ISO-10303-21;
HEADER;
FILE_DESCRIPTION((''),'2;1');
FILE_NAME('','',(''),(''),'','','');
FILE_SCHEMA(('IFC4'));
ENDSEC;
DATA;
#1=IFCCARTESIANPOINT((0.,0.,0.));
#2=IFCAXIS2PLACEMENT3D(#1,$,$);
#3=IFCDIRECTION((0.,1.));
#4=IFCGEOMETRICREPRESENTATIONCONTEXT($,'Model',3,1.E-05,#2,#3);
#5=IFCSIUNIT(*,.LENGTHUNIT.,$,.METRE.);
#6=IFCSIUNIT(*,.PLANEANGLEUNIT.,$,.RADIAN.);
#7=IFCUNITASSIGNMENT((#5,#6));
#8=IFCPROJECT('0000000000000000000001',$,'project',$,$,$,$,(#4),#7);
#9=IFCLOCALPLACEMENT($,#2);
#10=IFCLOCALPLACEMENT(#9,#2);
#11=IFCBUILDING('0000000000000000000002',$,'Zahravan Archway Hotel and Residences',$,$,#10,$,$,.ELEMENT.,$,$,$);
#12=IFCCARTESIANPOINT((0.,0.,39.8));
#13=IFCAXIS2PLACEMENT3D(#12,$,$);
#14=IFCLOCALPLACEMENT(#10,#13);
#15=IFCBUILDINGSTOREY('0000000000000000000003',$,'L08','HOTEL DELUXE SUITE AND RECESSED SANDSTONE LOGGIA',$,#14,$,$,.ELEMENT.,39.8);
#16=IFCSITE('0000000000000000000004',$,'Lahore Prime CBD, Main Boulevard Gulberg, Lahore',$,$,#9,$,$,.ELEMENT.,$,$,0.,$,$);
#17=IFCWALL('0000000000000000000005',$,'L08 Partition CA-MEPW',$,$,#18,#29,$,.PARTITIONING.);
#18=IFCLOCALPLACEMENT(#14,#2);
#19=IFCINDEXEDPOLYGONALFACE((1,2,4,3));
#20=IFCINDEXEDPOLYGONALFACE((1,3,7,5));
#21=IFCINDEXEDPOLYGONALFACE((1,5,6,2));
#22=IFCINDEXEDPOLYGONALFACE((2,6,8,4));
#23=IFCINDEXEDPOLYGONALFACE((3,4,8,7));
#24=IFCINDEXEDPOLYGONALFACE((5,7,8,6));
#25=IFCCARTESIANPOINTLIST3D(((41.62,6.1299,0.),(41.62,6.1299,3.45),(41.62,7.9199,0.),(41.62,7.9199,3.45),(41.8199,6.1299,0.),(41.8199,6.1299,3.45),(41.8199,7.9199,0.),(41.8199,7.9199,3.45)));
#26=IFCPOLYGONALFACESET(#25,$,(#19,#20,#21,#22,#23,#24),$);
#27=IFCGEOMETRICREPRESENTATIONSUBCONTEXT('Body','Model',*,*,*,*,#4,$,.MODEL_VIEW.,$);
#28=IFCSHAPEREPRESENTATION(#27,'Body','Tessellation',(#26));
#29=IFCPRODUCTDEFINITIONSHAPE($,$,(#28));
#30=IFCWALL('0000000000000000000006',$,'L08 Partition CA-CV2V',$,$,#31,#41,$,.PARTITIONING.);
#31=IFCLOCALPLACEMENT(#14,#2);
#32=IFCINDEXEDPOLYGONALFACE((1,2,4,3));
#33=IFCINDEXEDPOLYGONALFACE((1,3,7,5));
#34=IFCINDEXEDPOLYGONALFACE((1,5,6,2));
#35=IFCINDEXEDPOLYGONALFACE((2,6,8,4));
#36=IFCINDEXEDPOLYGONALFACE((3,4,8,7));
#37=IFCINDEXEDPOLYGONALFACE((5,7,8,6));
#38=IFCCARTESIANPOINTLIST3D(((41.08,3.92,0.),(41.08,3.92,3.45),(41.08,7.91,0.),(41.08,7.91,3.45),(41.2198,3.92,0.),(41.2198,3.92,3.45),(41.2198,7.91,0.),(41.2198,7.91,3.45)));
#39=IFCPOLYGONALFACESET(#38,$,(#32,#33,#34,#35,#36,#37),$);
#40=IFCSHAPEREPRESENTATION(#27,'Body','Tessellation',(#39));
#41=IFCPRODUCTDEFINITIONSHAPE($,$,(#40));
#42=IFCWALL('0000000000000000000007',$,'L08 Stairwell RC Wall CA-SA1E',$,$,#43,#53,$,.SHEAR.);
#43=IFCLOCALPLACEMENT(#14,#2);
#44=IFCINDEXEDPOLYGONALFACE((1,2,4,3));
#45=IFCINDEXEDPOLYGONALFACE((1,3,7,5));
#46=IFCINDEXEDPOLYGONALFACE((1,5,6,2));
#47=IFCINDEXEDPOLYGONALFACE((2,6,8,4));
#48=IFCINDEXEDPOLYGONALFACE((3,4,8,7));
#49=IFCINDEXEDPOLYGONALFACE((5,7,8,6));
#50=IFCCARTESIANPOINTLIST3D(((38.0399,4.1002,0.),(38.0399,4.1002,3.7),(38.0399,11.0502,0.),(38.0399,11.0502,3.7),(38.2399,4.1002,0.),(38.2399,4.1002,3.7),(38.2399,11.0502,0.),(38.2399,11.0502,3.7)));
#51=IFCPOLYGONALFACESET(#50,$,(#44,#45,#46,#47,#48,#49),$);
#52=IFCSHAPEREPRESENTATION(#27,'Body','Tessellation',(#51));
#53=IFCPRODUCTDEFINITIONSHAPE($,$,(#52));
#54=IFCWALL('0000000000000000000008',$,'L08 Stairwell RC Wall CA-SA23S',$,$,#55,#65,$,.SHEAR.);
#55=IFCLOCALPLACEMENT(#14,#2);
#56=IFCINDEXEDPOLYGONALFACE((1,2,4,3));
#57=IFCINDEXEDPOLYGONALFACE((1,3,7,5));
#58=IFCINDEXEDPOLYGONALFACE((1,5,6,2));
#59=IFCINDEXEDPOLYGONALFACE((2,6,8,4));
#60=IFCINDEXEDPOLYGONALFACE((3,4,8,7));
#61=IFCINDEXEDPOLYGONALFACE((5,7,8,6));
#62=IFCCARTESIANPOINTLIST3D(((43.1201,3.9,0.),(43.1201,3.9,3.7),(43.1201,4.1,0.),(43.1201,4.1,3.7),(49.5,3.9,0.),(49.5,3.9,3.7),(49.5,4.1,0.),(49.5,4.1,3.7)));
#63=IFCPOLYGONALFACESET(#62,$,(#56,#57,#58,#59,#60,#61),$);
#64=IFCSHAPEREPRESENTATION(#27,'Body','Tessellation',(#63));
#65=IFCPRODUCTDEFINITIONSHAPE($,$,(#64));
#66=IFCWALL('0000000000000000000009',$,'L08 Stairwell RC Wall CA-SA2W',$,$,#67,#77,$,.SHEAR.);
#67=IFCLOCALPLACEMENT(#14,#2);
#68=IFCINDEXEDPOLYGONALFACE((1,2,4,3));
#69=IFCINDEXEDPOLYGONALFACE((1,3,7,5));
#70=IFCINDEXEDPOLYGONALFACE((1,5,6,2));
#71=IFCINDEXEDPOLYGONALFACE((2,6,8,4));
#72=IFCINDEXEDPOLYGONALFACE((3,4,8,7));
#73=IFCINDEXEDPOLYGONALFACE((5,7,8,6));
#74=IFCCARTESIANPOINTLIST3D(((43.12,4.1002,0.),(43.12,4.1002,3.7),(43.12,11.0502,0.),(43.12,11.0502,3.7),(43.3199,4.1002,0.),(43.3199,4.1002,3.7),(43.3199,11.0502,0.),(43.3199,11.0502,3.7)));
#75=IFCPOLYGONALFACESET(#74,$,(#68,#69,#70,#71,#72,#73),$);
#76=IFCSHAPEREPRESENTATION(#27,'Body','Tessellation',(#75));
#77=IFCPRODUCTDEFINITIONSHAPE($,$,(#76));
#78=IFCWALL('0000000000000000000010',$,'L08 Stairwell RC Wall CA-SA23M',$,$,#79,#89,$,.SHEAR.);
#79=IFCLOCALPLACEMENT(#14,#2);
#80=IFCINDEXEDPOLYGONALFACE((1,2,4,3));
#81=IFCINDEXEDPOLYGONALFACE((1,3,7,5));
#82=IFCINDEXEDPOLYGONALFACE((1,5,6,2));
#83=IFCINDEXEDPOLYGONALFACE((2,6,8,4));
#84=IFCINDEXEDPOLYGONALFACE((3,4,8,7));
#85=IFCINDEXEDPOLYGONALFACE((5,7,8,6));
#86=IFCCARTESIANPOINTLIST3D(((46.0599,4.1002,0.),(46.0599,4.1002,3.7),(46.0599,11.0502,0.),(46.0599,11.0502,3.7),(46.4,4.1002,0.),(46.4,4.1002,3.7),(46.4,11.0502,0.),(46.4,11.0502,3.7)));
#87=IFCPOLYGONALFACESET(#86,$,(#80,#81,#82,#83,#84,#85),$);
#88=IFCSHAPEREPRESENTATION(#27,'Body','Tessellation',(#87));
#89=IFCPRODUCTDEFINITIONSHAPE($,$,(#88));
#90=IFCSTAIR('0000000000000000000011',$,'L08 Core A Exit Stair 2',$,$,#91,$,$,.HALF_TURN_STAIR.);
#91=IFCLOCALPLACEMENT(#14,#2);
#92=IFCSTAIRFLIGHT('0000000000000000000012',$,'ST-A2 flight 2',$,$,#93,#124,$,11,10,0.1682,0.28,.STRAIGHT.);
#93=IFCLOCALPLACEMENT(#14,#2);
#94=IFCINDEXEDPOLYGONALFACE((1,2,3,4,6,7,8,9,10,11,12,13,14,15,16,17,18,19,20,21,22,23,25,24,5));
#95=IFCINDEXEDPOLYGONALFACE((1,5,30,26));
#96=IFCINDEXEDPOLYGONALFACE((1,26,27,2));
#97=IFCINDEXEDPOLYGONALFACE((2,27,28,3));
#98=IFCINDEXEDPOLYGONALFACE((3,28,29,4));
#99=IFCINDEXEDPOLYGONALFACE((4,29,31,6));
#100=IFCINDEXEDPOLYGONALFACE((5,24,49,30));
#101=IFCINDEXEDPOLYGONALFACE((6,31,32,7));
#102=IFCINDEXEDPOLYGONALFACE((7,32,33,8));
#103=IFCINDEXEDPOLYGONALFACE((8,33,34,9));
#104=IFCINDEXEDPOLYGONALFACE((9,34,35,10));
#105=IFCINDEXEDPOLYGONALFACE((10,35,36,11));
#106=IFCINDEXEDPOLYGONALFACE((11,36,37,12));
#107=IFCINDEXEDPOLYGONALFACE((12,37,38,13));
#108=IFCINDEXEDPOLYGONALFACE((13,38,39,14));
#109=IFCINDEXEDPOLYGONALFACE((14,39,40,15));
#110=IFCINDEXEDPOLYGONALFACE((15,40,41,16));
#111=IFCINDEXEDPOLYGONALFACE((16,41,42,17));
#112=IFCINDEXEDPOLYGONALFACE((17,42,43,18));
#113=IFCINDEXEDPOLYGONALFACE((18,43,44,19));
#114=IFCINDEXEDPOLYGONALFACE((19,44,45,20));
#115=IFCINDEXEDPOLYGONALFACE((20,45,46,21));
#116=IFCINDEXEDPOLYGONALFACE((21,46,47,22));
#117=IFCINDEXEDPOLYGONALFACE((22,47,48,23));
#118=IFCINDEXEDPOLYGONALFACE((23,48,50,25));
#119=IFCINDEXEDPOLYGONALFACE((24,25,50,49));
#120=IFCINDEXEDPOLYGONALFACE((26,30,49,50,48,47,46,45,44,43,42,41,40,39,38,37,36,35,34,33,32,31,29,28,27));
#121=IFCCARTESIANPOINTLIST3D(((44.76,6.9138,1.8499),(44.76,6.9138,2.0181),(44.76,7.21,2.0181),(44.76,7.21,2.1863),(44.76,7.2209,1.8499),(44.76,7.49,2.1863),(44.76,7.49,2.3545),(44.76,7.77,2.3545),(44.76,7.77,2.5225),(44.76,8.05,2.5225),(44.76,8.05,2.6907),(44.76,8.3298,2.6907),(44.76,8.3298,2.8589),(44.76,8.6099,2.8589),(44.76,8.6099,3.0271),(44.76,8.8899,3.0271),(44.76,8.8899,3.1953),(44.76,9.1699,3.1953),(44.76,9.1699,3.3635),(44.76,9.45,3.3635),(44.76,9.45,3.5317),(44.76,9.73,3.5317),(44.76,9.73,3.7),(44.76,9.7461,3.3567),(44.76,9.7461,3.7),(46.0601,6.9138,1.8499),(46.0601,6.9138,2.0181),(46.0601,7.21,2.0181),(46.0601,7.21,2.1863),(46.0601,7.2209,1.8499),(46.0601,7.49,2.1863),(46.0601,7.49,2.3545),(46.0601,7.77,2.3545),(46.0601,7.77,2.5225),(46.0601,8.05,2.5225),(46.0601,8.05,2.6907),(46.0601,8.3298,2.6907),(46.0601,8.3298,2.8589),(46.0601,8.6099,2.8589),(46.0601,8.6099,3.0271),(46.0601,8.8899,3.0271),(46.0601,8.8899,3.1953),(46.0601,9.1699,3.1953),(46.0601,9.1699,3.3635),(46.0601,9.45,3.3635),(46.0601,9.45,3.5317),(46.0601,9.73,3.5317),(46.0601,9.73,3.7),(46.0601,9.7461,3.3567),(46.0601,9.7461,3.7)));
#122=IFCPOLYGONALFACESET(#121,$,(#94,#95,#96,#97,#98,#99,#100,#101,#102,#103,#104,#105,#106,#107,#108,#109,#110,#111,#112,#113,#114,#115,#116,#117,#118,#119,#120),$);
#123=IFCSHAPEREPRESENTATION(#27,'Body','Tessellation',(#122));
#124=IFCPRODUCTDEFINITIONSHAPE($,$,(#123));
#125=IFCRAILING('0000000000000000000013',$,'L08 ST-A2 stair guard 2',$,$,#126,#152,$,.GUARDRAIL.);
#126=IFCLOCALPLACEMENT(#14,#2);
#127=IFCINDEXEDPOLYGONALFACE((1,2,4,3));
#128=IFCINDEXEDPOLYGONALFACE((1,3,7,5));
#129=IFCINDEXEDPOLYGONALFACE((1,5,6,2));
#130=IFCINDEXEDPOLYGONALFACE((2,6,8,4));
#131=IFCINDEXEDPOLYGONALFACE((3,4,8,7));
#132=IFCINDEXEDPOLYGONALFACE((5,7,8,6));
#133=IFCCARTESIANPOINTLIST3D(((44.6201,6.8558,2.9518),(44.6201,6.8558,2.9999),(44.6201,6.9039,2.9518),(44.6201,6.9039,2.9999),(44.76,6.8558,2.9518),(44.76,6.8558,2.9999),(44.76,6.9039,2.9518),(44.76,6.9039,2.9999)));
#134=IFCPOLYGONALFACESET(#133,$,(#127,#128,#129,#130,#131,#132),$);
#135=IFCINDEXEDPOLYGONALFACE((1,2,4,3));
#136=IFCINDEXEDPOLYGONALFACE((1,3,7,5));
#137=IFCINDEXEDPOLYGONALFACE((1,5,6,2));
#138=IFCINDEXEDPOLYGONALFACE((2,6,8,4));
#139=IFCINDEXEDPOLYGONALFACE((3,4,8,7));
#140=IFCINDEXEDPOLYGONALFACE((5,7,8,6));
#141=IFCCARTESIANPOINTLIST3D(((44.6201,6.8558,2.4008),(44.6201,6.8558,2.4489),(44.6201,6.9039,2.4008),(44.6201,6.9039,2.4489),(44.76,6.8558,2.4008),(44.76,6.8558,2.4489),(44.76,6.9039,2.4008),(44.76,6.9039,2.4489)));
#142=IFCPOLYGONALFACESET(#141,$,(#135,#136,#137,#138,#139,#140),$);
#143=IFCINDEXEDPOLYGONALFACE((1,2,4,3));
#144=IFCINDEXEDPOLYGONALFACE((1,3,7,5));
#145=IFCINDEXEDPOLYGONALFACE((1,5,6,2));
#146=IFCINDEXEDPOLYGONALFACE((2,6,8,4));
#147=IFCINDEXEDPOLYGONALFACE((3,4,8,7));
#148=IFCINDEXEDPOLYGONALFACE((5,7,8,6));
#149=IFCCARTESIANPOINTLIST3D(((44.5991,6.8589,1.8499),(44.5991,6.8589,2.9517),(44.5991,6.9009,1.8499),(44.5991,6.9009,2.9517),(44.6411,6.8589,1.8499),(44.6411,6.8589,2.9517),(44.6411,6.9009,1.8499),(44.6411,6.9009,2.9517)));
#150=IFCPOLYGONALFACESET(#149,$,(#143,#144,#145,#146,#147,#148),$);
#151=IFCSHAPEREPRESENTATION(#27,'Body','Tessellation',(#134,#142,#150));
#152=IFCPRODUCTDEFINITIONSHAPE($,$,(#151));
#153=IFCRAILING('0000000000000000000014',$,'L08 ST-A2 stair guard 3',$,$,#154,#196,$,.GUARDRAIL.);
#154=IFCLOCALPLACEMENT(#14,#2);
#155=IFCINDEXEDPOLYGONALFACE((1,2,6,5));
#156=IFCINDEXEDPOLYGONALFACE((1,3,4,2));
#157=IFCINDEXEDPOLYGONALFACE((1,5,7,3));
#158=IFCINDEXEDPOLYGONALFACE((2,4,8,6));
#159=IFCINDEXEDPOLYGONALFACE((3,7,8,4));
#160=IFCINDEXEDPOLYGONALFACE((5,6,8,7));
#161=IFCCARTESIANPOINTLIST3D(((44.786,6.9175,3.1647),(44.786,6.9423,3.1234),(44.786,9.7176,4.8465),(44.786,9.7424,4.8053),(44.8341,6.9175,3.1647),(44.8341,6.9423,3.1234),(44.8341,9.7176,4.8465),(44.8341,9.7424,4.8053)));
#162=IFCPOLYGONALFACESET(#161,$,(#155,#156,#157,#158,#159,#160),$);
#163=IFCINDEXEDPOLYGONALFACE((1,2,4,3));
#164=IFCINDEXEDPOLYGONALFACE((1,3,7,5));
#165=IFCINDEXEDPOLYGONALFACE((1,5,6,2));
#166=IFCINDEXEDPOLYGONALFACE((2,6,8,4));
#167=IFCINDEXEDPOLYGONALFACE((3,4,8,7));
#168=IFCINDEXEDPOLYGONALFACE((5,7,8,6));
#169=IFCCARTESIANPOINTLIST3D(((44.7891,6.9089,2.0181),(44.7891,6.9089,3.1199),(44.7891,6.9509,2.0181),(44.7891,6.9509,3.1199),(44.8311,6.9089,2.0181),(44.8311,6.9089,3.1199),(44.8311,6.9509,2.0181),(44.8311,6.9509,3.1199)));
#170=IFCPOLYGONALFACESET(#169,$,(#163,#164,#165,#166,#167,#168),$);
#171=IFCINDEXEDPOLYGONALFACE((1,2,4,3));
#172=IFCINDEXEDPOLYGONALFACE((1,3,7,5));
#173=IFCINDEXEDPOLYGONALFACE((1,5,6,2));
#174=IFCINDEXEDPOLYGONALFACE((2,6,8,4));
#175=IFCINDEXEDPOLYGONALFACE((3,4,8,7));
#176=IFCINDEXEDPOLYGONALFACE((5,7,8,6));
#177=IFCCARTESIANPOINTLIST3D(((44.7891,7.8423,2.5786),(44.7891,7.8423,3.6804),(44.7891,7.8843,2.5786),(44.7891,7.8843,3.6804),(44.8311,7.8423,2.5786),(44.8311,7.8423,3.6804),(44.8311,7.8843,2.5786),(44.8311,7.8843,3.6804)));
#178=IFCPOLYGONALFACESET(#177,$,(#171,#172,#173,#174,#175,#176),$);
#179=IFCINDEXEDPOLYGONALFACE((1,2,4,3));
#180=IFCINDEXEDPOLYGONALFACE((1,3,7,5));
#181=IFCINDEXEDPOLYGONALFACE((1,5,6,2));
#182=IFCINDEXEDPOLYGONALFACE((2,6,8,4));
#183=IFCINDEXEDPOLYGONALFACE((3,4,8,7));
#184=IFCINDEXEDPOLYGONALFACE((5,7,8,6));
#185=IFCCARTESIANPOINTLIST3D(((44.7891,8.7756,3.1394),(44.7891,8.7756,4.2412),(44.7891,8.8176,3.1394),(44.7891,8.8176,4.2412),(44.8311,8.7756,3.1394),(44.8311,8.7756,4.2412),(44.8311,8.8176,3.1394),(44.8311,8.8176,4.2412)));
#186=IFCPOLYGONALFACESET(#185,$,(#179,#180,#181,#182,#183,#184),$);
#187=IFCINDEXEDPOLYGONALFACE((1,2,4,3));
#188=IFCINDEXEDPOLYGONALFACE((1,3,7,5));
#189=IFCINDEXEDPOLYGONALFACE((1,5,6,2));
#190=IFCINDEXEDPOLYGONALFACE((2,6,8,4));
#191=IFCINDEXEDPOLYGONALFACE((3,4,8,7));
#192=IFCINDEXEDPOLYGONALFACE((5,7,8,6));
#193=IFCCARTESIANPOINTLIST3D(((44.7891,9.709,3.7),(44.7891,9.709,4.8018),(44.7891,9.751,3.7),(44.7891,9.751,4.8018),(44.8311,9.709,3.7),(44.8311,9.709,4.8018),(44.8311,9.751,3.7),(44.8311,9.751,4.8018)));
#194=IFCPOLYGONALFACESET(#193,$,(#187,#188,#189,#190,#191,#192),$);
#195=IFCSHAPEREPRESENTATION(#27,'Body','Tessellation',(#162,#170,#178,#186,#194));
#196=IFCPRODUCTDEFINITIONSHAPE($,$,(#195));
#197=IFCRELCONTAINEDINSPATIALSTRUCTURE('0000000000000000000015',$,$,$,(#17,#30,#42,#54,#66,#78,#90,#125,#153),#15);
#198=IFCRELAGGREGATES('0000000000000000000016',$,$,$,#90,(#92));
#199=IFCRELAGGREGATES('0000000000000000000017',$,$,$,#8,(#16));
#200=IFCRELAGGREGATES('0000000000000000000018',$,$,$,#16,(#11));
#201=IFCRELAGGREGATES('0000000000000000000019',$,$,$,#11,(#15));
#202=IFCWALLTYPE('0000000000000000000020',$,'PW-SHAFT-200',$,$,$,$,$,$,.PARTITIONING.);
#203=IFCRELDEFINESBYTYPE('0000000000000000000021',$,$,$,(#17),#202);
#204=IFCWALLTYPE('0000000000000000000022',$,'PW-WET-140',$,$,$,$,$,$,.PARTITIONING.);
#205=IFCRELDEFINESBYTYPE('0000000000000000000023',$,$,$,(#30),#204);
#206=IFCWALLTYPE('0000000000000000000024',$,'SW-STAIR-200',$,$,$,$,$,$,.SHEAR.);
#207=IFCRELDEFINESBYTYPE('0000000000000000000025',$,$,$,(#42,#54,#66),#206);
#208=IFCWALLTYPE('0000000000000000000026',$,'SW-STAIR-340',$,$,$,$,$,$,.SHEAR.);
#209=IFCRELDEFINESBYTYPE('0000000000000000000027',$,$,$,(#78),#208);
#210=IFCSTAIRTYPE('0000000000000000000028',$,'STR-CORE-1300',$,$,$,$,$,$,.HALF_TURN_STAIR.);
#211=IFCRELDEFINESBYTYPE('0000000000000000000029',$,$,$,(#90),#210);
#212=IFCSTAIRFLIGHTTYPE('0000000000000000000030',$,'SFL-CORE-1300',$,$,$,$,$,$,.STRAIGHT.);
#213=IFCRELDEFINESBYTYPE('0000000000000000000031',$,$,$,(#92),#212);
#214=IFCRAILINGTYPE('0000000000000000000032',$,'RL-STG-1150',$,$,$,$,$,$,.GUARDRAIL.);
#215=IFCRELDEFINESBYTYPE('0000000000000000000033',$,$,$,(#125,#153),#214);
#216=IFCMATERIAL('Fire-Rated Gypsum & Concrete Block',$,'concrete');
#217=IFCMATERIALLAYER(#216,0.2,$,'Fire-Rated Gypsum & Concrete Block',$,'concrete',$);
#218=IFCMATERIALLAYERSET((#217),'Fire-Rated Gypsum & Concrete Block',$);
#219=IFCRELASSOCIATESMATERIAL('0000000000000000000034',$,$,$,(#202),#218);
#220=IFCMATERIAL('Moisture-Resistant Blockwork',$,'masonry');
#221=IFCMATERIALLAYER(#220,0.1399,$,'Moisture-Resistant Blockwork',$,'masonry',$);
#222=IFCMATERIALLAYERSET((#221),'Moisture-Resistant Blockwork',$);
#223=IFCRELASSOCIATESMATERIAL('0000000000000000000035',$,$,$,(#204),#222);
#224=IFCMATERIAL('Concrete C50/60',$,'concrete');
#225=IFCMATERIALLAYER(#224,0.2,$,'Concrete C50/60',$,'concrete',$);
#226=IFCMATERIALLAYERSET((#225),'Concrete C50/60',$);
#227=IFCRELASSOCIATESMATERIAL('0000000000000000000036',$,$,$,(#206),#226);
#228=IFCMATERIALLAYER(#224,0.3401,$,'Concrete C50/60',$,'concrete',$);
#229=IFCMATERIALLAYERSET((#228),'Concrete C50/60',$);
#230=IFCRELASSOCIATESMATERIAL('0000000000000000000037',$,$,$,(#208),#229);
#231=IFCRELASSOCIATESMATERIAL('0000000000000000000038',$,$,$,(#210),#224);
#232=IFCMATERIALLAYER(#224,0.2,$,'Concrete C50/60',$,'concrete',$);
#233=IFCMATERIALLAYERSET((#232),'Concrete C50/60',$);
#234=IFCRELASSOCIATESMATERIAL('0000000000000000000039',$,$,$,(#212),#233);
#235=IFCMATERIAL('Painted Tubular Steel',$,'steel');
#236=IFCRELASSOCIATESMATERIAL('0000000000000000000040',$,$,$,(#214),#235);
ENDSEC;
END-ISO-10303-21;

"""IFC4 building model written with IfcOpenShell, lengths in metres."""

from ifc_helpers import new_model, si_unit, direction, frame, frame_2d, origin, origin_2d, place, context, subcontext, project, spatial, polyline, rectangle, outline, extrude, source, transform, mapped, material, layer, layer_set, type_object, element, aggregate, save


model = new_model("IFC4")

# Units and contexts
model_context = context("Model", 3, precision=1e-05, world=origin(), true_north=direction((0.0, 1.0)))
body_context = subcontext(model_context, "Body", "Model", "MODEL_VIEW")
ifc_project = project(units=[si_unit("LENGTHUNIT", "METRE"), si_unit("PLANEANGLEUNIT", "RADIAN")], contexts=[model_context])

# Site, building, storey
site_placement = place(None, origin())
site = spatial("IfcSite", under=ifc_project, at=site_placement, Name="Lahore Prime CBD, Main Boulevard Gulberg, Lahore", CompositionType="ELEMENT", RefElevation=0.0)
building_placement = place(site_placement, origin())
building = spatial("IfcBuilding", under=site, at=building_placement, Name="Zahravan Archway Hotel and Residences", CompositionType="ELEMENT")
storey_placement = place(building_placement, frame((0.0, 0.0, 39.8)))
storey = spatial("IfcBuildingStorey", under=building, at=storey_placement, Name="L08", Description="HOTEL DELUXE SUITE AND RECESSED SANDSTONE LOGGIA", CompositionType="ELEMENT", Elevation=39.8)

# Shared definitions
ifc_material_1 = material(Name="Fire-Rated Gypsum & Concrete Block", Category="concrete")
ifc_layer_1 = layer(ifc_material_1, 0.2, Name="Fire-Rated Gypsum & Concrete Block", Category="concrete")
ifc_layer_set_1 = layer_set([ifc_layer_1], Name="Fire-Rated Gypsum & Concrete Block")
wall_type_1 = type_object("IfcWallType", Name="PW-SHAFT-200", PredefinedType="PARTITIONING", material=ifc_layer_set_1)

# Walls
wall_1_placement = place(storey_placement, frame((41.72, 6.1299, 0.0), z_axis=(0.0, 0.0, 1.0), x_axis=(0.0, 1.0, 0.0)))
element("IfcWall", 1, at=wall_1_placement, inside=storey, type_object=wall_type_1, Name="L08 Partition CA-MEPW", PredefinedType="PARTITIONING", context=body_context, shape_type="SweptSolid", body=[
    extrude(rectangle(XDim=1.79, YDim=0.2, at=frame_2d((0.895, 0.0))), origin(), (0.0, 0.0, 1.0), 3.45),
])
ifc_material_2 = material(Name="Moisture-Resistant Blockwork", Category="masonry")
ifc_layer_2 = layer(ifc_material_2, 0.1399, Name="Moisture-Resistant Blockwork", Category="masonry")
ifc_layer_set_2 = layer_set([ifc_layer_2], Name="Moisture-Resistant Blockwork")
wall_type_2 = type_object("IfcWallType", Name="PW-WET-140", PredefinedType="PARTITIONING", material=ifc_layer_set_2)
wall_2_placement = place(storey_placement, frame((41.1499, 3.9199, 0.0), z_axis=(0.0, 0.0, 1.0), x_axis=(0.0, 1.0, 0.0)))
element("IfcWall", 2, at=wall_2_placement, inside=storey, type_object=wall_type_2, Name="L08 Partition CA-CV2V", PredefinedType="PARTITIONING", context=body_context, shape_type="SweptSolid", body=[
    extrude(rectangle(XDim=3.99, YDim=0.1399, at=frame_2d((1.9951, 0.0))), origin(), (0.0, 0.0, 1.0), 3.45),
])
ifc_material_3 = material(Name="Concrete C50/60", Category="concrete")
ifc_layer_3 = layer(ifc_material_3, 0.2, Name="Concrete C50/60", Category="concrete")
ifc_layer_set_3 = layer_set([ifc_layer_3], Name="Concrete C50/60")
wall_type_3 = type_object("IfcWallType", Name="SW-STAIR-200", PredefinedType="SHEAR", material=ifc_layer_set_3)
wall_3_placement = place(storey_placement, frame((38.1399, 4.1001, 0.0), z_axis=(0.0, 0.0, 1.0), x_axis=(0.0, 1.0, 0.0)))
element("IfcWall", 3, at=wall_3_placement, inside=storey, type_object=wall_type_3, Name="L08 Stairwell RC Wall CA-SA1E", PredefinedType="SHEAR", context=body_context, shape_type="SweptSolid", body=[
    extrude(rectangle(XDim=6.95, YDim=0.2, at=frame_2d((3.4751, 0.0))), origin(), (0.0, 0.0, 1.0), 3.7),
])
wall_4_placement = place(storey_placement, frame((43.1201, 4.0, 0.0), z_axis=(0.0, 0.0, 1.0), x_axis=(1.0, 0.0, 0.0)))
element("IfcWall", 4, at=wall_4_placement, inside=storey, type_object=wall_type_3, Name="L08 Stairwell RC Wall CA-SA23S", PredefinedType="SHEAR", context=body_context, shape_type="SweptSolid", body=[
    extrude(rectangle(XDim=6.3799, YDim=0.2, at=frame_2d((3.1899, 0.0))), origin(), (0.0, 0.0, 1.0), 3.7),
])
wall_5_placement = place(storey_placement, frame((43.22, 4.1001, 0.0), z_axis=(0.0, 0.0, 1.0), x_axis=(0.0, 1.0, 0.0)))
element("IfcWall", 5, at=wall_5_placement, inside=storey, type_object=wall_type_3, Name="L08 Stairwell RC Wall CA-SA2W", PredefinedType="SHEAR", context=body_context, shape_type="SweptSolid", body=[
    extrude(rectangle(XDim=6.95, YDim=0.2, at=frame_2d((3.4751, 0.0))), origin(), (0.0, 0.0, 1.0), 3.7),
])
ifc_layer_4 = layer(ifc_material_3, 0.3401, Name="Concrete C50/60", Category="concrete")
ifc_layer_set_4 = layer_set([ifc_layer_4], Name="Concrete C50/60")
wall_type_4 = type_object("IfcWallType", Name="SW-STAIR-340", PredefinedType="SHEAR", material=ifc_layer_set_4)
wall_6_placement = place(storey_placement, frame((46.23, 4.1001, 0.0), z_axis=(0.0, 0.0, 1.0), x_axis=(0.0, 1.0, 0.0)))
element("IfcWall", 6, at=wall_6_placement, inside=storey, type_object=wall_type_4, Name="L08 Stairwell RC Wall CA-SA23M", PredefinedType="SHEAR", context=body_context, shape_type="SweptSolid", body=[
    extrude(rectangle(XDim=6.95, YDim=0.3401, at=frame_2d((3.4751, 0.0))), origin(), (0.0, 0.0, 1.0), 3.7),
])

# Stair, stair flight
stair_type = type_object("IfcStairType", Name="STR-CORE-1300", PredefinedType="HALF_TURN_STAIR", material=ifc_material_3)
stair_placement = place(storey_placement, origin())
stair = element("IfcStair", 7, at=stair_placement, inside=storey, type_object=stair_type, Name="L08 Core A Exit Stair 2", PredefinedType="HALF_TURN_STAIR")
ifc_layer_5 = layer(ifc_material_3, 0.2, Name="Concrete C50/60", Category="concrete")
ifc_layer_set_5 = layer_set([ifc_layer_5], Name="Concrete C50/60")
stair_flight_type = type_object("IfcStairFlightType", Name="SFL-CORE-1300", PredefinedType="STRAIGHT", material=ifc_layer_set_5)
shared_shape_1 = source(origin(), body_context, "Body", "SweptSolid", [
    extrude(outline(polyline([(-0.0161, 0.0), (-0.0161, 0.1682), (0.28, 0.1682), (0.28, 0.3364), (0.5601, 0.3364), (0.5601, 0.5046), (0.8401, 0.5046), (0.8401, 0.6726), (1.1201, 0.6726), (1.1201, 0.8408), (1.3999, 0.8408), (1.3999, 1.009), (1.6799, 1.009), (1.6799, 1.1772), (1.96, 1.1772), (1.96, 1.3455), (2.24, 1.3455), (2.24, 1.5137), (2.52, 1.5137), (2.52, 1.6819), (2.8, 1.6819), (2.8, 1.8501), (2.8162, 1.8501), (2.8162, 1.5068), (0.291, 0.0), (-0.0161, 0.0)])), frame((0.0, 0.6499, 0.0), z_axis=(0.0, -1.0, 0.0), x_axis=(1.0, 0.0, 0.0)), (0.0, 0.0, 1.0), 1.3),
])
stair_flight_placement = place(storey_placement, frame((45.4099, 6.9299, 1.8499), z_axis=(0.0, 0.0, 1.0), x_axis=(0.0, 1.0, 0.0)))
stair_flight = element("IfcStairFlight", 8, at=stair_flight_placement, type_object=stair_flight_type, Name="ST-A2 flight 2", NumberOfRisers=11, NumberOfTreads=10, PredefinedType="STRAIGHT", RiserHeight=0.1682, TreadLength=0.28, context=body_context, shape_type="MappedRepresentation", body=[
    mapped(shared_shape_1, transform((0.0, 0.0, 0.0), scale=1.0)),
])
aggregate(stair, [stair_flight])

# Railings
ifc_material_4 = material(Name="Painted Tubular Steel", Category="steel")
railing_type_1 = type_object("IfcRailingType", Name="RL-STG-1150", PredefinedType="GUARDRAIL", material=ifc_material_4)
railing_1_placement = place(storey_placement, frame((44.6201, 6.8799, 1.8499)))
element("IfcRailing", 9, at=railing_1_placement, inside=storey, type_object=railing_type_1, Name="L08 ST-A2 stair guard 2", PredefinedType="GUARDRAIL", context=body_context, shape_type="SweptSolid", body=[
    extrude(rectangle(XDim=0.0481, YDim=0.0481, at=origin_2d()), frame((0.0, 0.0, 1.126), z_axis=(1.0, 0.0, 0.0), x_axis=(0.0, 1.0, 0.0)), (0.0, 0.0, 1.0), 0.1399),
    extrude(rectangle(XDim=0.0481, YDim=0.0481, at=origin_2d()), frame((0.0, 0.0, 0.575), z_axis=(1.0, 0.0, 0.0), x_axis=(0.0, 1.0, 0.0)), (0.0, 0.0, 1.0), 0.1399),
    extrude(rectangle(XDim=0.042, YDim=0.042, at=origin_2d()), origin(), (0.0, 0.0, 1.0), 1.1018),
])
railing_2_placement = place(storey_placement, frame((44.8101, 6.9299, 2.0181)))
element("IfcRailing", 10, at=railing_2_placement, inside=storey, type_object=railing_type_1, Name="L08 ST-A2 stair guard 3", PredefinedType="GUARDRAIL", context=body_context, shape_type="SweptSolid", body=[
    extrude(rectangle(XDim=0.0481, YDim=0.0481, at=origin_2d()), frame((0.0, 0.0, 1.126), z_axis=(0.0, 0.857242, 0.514913), x_axis=(-1.0, 0.0, 0.0)), (0.0, 0.0, 1.0), 3.2664),
    extrude(rectangle(XDim=0.042, YDim=0.042, at=origin_2d()), origin(), (0.0, 0.0, 1.0), 1.1018),
    extrude(rectangle(XDim=0.042, YDim=0.042, at=origin_2d()), frame((0.0, 0.9333, 0.5605)), (0.0, 0.0, 1.0), 1.1018),
    extrude(rectangle(XDim=0.042, YDim=0.042, at=origin_2d()), frame((0.0, 1.8667, 1.1213)), (0.0, 0.0, 1.0), 1.1018),
    extrude(rectangle(XDim=0.042, YDim=0.042, at=origin_2d()), frame((0.0, 2.8, 1.6819)), (0.0, 0.0, 1.0), 1.1018),
])

save(model, "model.ifc")
